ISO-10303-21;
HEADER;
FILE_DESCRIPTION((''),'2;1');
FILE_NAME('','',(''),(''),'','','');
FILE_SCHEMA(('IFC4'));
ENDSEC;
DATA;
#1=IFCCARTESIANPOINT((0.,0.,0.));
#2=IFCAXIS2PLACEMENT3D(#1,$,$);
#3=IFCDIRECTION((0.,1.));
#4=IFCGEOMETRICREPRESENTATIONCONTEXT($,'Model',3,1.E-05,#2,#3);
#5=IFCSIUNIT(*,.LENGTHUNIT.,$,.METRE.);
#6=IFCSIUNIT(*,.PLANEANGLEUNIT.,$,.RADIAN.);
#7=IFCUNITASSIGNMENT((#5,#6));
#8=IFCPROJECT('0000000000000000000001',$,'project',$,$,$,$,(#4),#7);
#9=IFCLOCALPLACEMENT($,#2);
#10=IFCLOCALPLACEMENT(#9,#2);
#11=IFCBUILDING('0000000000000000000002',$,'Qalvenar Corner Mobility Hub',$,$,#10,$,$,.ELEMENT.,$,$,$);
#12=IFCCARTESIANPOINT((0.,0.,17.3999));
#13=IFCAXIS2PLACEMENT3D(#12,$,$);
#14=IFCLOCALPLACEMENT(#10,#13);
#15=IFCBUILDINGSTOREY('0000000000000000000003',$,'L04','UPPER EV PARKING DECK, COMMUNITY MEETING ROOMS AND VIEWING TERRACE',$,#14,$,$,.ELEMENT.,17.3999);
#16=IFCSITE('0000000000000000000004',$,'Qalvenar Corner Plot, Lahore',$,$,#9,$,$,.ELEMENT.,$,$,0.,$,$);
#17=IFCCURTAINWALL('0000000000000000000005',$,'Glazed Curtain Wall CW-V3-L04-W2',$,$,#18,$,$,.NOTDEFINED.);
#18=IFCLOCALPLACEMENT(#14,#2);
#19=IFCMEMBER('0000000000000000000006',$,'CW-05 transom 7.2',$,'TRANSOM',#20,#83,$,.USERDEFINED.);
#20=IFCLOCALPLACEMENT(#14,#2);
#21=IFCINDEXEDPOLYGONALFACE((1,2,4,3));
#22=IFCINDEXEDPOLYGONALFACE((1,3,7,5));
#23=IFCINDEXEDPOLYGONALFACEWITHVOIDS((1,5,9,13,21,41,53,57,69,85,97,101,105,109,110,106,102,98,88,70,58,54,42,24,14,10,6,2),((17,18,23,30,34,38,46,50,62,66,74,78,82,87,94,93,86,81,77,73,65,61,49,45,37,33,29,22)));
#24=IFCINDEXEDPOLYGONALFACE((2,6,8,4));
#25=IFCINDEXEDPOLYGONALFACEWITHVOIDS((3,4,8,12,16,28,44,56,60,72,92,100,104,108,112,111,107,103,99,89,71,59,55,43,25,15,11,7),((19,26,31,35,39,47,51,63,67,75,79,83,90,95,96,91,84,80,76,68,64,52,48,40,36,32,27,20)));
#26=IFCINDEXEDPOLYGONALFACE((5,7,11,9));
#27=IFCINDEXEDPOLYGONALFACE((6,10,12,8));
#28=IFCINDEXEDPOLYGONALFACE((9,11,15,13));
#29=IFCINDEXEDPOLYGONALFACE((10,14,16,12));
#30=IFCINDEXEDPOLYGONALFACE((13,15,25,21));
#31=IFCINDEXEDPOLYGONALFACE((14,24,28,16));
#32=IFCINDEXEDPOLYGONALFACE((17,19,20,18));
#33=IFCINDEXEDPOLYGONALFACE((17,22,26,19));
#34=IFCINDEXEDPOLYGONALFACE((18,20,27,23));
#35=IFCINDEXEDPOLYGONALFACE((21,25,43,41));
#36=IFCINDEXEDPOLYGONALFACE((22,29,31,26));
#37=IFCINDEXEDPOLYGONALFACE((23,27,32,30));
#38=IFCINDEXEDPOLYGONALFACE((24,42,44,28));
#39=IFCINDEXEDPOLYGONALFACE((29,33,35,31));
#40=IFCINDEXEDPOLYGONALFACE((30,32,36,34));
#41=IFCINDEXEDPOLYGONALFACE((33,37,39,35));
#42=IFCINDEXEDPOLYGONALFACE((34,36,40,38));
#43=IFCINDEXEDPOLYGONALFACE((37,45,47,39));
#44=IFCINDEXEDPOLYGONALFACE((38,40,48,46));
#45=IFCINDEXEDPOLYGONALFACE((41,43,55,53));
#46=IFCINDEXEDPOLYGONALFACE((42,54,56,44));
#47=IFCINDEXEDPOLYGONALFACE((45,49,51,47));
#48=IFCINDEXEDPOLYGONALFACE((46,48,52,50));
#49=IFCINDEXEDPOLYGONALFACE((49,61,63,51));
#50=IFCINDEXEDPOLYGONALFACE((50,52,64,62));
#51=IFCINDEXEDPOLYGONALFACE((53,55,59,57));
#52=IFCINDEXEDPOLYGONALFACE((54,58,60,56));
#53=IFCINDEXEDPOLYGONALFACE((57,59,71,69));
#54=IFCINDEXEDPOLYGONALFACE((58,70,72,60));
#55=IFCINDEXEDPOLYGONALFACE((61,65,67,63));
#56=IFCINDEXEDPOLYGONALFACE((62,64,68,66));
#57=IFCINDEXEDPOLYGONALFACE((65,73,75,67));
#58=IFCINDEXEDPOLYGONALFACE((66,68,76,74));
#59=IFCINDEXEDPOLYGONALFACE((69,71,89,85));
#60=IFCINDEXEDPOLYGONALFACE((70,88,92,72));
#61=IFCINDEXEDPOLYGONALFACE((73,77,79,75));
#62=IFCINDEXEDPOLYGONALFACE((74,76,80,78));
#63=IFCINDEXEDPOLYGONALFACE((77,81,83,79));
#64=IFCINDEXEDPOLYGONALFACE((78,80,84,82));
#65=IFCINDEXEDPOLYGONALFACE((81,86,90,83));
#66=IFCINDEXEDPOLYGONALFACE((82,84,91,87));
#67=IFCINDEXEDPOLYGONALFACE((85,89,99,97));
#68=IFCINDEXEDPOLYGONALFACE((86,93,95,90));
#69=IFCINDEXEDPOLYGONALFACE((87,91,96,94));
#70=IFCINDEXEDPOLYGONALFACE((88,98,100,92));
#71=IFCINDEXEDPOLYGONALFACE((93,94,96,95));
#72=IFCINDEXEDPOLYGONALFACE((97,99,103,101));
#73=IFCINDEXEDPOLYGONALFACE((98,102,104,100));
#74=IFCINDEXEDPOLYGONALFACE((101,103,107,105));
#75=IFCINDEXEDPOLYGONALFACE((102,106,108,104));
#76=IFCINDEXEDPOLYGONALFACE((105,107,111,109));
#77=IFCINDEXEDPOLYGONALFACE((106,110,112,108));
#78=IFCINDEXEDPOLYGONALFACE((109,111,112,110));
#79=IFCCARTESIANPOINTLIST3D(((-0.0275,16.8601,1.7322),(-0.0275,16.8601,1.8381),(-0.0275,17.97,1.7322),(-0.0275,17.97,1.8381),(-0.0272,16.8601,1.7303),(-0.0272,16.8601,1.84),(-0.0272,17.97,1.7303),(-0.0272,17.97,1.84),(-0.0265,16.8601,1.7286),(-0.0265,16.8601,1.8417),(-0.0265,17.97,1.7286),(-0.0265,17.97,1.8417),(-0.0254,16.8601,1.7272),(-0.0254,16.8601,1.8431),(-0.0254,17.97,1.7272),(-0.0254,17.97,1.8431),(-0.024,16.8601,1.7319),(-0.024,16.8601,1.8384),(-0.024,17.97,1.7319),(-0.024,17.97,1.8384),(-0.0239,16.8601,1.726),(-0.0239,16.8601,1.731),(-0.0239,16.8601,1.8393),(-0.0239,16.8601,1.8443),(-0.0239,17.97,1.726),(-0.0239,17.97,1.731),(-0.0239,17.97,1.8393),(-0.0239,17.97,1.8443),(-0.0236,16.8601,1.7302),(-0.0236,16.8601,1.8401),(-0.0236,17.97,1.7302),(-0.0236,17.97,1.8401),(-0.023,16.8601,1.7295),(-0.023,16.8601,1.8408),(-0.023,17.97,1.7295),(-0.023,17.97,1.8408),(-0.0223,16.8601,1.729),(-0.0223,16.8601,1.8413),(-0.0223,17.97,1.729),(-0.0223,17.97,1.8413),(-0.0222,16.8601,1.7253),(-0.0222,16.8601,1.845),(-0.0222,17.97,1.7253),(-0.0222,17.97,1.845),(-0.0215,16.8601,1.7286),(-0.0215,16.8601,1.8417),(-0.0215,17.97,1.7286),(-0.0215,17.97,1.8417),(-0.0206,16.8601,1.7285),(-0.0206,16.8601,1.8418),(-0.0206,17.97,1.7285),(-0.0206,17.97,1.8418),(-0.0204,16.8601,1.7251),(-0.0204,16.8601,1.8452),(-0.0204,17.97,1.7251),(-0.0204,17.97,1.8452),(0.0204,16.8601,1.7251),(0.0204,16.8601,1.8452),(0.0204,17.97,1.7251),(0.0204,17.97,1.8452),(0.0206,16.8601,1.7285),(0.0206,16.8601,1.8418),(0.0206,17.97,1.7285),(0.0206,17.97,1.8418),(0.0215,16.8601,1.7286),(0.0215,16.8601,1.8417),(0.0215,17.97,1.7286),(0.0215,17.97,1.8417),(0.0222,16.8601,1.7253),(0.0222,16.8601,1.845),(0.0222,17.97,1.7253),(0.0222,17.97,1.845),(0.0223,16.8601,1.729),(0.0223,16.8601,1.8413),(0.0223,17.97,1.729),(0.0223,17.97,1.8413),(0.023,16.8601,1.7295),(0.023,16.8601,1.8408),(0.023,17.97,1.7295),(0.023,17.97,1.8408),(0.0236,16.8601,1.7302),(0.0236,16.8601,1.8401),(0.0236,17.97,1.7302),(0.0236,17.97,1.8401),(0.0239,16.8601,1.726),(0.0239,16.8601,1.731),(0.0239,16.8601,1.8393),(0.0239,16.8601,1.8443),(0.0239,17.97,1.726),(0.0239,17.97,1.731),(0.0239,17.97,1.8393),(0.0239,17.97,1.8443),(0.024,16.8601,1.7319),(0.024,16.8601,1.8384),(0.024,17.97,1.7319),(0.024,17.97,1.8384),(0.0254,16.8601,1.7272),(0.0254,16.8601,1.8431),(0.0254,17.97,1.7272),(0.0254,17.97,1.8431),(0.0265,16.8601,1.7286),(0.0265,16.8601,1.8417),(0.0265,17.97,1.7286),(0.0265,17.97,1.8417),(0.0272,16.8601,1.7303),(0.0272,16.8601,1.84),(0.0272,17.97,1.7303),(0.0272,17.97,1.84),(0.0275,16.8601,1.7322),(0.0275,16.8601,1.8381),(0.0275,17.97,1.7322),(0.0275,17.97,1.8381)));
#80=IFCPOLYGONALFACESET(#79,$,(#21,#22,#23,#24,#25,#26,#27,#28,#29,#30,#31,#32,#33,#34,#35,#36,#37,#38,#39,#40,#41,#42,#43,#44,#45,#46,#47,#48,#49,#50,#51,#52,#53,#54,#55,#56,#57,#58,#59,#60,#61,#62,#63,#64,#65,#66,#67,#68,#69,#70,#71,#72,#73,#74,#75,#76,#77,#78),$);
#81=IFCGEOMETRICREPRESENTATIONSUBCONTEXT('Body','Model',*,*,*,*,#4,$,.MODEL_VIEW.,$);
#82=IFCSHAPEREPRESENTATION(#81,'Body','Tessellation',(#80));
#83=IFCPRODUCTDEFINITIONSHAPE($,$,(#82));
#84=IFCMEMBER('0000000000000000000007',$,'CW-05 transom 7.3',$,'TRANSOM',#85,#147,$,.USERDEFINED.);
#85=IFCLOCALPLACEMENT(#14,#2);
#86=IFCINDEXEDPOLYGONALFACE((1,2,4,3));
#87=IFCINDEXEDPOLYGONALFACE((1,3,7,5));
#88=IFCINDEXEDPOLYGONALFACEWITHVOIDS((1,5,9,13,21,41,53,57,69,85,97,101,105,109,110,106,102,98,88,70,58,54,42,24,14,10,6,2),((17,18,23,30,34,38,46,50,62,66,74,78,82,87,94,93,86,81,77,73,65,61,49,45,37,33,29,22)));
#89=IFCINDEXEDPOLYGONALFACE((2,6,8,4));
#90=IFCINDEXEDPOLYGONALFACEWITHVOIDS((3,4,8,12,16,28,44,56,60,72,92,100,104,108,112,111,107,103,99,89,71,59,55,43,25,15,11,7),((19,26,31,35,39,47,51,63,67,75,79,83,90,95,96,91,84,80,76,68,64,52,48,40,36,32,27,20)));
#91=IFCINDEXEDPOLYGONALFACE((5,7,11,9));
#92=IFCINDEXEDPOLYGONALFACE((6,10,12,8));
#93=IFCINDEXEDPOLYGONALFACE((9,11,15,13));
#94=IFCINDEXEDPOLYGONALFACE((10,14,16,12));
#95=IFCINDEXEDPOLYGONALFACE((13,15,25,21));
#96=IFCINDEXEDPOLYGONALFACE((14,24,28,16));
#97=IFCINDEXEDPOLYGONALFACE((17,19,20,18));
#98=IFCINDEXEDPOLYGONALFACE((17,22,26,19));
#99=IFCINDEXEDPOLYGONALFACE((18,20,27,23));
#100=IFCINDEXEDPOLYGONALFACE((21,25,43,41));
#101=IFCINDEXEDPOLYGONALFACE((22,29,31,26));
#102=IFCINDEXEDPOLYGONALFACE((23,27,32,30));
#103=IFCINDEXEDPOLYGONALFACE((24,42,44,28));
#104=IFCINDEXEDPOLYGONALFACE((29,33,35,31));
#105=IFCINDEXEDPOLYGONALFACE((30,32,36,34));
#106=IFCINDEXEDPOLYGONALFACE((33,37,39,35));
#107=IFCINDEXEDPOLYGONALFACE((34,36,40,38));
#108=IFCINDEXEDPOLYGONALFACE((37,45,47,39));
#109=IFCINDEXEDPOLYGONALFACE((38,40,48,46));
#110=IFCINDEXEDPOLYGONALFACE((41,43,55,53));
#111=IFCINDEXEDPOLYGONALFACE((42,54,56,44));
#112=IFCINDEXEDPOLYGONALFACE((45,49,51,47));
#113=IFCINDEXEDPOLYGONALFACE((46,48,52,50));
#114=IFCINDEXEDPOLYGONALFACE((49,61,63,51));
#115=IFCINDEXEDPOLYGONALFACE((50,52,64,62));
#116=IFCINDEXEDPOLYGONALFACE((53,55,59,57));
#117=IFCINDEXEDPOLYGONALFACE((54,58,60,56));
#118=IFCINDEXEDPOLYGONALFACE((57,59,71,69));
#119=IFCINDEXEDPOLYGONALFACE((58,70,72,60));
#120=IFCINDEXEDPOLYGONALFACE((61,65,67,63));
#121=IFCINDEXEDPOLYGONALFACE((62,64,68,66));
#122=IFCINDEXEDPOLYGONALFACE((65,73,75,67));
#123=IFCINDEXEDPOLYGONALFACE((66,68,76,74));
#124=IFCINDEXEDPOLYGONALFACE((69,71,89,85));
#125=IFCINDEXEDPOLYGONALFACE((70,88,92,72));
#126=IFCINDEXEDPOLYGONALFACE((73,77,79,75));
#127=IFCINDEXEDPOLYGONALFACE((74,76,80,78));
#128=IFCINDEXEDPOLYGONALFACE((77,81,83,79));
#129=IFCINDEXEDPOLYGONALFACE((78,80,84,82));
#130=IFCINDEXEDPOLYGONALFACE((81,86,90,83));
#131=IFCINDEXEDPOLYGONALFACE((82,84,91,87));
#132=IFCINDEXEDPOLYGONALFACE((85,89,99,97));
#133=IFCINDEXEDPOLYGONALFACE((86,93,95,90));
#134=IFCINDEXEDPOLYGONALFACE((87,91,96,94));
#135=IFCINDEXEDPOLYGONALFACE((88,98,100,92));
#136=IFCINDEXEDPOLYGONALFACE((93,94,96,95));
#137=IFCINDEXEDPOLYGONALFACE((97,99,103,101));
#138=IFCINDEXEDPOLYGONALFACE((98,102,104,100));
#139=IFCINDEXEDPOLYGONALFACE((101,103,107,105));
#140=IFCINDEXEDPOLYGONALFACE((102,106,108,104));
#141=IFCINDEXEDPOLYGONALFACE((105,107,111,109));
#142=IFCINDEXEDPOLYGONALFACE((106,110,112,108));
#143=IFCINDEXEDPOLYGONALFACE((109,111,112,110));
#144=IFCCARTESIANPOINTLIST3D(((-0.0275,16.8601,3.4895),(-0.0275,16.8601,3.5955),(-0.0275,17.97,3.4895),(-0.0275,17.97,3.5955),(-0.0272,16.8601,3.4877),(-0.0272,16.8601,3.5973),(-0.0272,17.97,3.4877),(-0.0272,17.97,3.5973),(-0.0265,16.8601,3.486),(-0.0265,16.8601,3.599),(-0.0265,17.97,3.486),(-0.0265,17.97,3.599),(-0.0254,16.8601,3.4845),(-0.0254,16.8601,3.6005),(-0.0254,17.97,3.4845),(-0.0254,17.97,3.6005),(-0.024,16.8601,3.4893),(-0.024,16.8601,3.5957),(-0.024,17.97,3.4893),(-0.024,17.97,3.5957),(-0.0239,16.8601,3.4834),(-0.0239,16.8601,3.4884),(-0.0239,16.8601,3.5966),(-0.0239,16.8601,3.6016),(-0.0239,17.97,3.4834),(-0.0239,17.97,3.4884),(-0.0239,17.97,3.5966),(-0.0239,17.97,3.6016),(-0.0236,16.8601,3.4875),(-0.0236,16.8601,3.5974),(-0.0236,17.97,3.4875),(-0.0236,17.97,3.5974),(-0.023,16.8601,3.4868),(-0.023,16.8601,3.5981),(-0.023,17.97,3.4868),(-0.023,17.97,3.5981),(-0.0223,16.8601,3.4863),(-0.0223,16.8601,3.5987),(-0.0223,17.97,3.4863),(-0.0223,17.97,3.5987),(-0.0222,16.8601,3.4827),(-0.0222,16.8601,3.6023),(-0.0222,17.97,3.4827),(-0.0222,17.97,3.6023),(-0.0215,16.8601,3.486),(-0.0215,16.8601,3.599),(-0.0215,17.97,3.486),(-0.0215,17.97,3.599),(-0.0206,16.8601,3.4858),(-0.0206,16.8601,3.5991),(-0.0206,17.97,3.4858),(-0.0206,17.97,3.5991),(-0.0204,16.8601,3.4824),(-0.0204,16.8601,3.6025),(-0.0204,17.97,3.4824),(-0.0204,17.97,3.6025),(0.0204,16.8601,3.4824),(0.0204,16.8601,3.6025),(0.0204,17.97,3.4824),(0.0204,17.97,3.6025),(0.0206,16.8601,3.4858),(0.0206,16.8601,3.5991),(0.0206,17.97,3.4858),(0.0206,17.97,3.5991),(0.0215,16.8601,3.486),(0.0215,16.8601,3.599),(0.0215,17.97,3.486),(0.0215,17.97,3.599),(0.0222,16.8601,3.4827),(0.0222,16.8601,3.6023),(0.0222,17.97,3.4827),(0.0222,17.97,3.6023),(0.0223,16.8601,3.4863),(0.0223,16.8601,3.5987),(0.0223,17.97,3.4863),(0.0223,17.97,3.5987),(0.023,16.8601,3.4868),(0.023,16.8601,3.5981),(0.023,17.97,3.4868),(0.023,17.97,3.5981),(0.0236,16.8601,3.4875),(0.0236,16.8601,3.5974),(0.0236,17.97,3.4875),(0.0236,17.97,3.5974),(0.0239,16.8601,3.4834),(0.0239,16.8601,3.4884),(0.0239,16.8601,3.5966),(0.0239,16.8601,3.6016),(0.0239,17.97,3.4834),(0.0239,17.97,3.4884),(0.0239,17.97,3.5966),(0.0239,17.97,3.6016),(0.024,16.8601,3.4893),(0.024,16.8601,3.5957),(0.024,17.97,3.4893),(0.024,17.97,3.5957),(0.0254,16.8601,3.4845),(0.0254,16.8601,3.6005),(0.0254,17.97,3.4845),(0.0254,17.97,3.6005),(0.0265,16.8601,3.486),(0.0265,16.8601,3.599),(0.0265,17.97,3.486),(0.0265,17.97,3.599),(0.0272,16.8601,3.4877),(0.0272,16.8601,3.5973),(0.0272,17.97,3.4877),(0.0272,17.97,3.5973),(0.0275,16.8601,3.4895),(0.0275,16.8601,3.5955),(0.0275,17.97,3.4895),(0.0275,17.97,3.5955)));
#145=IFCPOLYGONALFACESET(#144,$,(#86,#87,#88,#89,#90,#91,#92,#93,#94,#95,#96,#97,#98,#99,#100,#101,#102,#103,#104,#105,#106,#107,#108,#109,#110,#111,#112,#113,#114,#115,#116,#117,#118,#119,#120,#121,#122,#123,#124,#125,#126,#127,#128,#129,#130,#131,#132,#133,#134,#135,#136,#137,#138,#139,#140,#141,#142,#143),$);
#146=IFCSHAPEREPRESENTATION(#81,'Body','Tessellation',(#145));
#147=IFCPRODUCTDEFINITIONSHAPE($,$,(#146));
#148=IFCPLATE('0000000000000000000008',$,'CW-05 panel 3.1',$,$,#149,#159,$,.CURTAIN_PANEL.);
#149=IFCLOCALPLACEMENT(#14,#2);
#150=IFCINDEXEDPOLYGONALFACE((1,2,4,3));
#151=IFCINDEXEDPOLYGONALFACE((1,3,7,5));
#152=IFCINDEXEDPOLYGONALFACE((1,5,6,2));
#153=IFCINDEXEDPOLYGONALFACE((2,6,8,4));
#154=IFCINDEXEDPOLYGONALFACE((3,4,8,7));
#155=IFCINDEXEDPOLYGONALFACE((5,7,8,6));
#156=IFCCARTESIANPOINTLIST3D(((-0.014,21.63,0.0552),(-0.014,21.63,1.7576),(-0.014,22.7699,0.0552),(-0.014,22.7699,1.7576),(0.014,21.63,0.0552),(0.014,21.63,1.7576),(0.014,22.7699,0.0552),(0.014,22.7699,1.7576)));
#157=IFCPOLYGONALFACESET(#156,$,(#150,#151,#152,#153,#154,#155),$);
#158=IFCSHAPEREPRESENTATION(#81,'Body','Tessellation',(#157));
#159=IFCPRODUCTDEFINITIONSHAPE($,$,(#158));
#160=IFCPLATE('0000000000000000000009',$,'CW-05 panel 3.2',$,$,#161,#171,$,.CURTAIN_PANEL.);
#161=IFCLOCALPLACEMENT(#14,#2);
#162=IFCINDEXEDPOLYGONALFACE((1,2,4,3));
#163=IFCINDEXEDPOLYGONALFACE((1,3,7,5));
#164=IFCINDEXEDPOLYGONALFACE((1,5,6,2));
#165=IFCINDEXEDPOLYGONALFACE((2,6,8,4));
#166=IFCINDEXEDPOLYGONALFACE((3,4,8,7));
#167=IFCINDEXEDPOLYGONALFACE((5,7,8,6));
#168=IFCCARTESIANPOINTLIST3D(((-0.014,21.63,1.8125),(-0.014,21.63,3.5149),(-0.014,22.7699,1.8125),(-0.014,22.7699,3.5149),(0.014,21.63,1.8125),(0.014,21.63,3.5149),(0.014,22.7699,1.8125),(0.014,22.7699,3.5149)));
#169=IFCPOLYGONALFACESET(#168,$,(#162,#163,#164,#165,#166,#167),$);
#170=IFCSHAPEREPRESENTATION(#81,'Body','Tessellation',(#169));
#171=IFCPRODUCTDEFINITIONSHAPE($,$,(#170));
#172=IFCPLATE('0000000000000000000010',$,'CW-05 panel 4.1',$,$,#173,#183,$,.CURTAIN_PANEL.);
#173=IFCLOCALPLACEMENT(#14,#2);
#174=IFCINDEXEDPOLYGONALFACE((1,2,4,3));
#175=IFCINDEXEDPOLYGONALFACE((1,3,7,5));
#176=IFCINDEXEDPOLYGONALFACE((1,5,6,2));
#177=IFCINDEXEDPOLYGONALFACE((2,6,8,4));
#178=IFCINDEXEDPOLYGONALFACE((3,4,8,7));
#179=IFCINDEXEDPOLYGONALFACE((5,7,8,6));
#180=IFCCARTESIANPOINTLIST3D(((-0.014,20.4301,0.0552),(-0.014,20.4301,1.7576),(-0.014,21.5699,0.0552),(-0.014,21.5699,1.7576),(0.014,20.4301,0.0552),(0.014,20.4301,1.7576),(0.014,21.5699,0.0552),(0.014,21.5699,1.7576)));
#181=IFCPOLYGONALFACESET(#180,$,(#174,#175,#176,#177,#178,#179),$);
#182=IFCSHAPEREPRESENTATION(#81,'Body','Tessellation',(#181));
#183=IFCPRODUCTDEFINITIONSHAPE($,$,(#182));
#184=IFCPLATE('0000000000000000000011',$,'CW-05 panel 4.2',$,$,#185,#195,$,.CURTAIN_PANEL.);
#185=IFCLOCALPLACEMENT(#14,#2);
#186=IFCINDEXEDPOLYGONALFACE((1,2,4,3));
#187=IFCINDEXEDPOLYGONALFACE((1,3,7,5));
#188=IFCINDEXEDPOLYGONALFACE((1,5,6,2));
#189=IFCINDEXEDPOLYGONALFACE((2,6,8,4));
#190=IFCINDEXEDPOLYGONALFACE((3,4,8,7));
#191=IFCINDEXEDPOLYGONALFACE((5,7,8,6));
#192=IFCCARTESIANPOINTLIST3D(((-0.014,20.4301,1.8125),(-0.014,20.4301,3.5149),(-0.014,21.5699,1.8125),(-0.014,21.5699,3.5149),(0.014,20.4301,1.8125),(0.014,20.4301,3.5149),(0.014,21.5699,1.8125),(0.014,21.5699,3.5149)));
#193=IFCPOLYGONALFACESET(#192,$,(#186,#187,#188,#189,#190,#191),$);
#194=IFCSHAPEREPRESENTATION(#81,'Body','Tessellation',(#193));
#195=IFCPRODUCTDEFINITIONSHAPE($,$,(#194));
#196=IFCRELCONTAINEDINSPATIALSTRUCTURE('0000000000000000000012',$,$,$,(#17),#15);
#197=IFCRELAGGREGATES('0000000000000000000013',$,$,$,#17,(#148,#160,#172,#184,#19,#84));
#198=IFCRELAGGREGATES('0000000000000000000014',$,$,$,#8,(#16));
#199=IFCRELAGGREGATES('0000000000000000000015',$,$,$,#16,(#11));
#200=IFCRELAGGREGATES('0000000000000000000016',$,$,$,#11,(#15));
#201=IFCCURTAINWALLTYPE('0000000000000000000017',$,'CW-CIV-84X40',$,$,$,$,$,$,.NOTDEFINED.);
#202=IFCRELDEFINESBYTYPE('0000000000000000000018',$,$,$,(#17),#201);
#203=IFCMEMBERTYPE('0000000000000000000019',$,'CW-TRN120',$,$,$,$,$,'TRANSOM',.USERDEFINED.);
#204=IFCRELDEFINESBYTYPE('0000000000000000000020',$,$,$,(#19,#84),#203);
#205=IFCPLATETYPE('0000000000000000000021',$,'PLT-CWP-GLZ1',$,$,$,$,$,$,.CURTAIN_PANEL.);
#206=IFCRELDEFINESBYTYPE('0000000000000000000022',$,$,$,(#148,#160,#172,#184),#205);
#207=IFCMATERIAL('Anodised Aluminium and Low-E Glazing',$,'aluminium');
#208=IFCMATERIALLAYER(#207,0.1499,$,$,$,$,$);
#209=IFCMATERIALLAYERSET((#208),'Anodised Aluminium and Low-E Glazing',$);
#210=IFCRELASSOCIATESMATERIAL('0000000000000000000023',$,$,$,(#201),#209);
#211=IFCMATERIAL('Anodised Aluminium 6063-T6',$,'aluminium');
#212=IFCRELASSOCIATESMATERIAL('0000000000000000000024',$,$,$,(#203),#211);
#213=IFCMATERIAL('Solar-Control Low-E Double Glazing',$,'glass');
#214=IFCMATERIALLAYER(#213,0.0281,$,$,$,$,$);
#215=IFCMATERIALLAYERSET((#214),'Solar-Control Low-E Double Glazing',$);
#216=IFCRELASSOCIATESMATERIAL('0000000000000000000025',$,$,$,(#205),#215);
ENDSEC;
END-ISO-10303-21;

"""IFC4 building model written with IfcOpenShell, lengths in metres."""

from ifc_helpers import new_model, si_unit, direction, frame, origin, origin_2d, place, context, subcontext, project, spatial, rectangle, hollow_rectangle, extrude, material, layer, layer_set, material_profile, profile_set, type_object, element, aggregate, save


model = new_model("IFC4")

# Units and contexts
model_context = context("Model", 3, precision=1e-05, world=origin(), true_north=direction((0.0, 1.0)))
body_context = subcontext(model_context, "Body", "Model", "MODEL_VIEW")
ifc_project = project(units=[si_unit("LENGTHUNIT", "METRE"), si_unit("PLANEANGLEUNIT", "RADIAN")], contexts=[model_context])

# Site, building, storey
site_placement = place(None, origin())
site = spatial("IfcSite", under=ifc_project, at=site_placement, Name="Qalvenar Corner Plot, Lahore", CompositionType="ELEMENT", RefElevation=0.0)
building_placement = place(site_placement, origin())
building = spatial("IfcBuilding", under=site, at=building_placement, Name="Qalvenar Corner Mobility Hub", CompositionType="ELEMENT")
storey_placement = place(building_placement, frame((0.0, 0.0, 17.3999)))
storey = spatial("IfcBuildingStorey", under=building, at=storey_placement, Name="L04", Description="UPPER EV PARKING DECK, COMMUNITY MEETING ROOMS AND VIEWING TERRACE", CompositionType="ELEMENT", Elevation=17.3999)

# Curtain wall, members, plates
ifc_material_1 = material(Name="Anodised Aluminium and Low-E Glazing", Category="aluminium")
ifc_layer_1 = layer(ifc_material_1, 0.1499)
ifc_layer_set_1 = layer_set([ifc_layer_1], Name="Anodised Aluminium and Low-E Glazing")
curtain_wall_type = type_object("IfcCurtainWallType", Name="CW-CIV-84X40", PredefinedType="NOTDEFINED", material=ifc_layer_set_1)
curtain_wall_placement = place(storey_placement, origin())
curtain_wall = element("IfcCurtainWall", 1, at=curtain_wall_placement, inside=storey, type_object=curtain_wall_type, Name="Glazed Curtain Wall CW-V3-L04-W2", PredefinedType="NOTDEFINED")
ifc_material_2 = material(Name="Anodised Aluminium 6063-T6", Category="aluminium")
ifc_material_profile_1 = material_profile(ifc_material_2, hollow_rectangle(XDim=0.0549, YDim=0.1201, WallThickness=0.0034, InnerFilletRadius=0.0034, OuterFilletRadius=0.0071, at=origin_2d()), Name="RHS120x55x3.5")
ifc_profile_set_1 = profile_set([ifc_material_profile_1], Name="Anodised Aluminium 6063-T6")
member_type_1 = type_object("IfcMemberType", Name="CW-TRN120", ElementType="TRANSOM", PredefinedType="USERDEFINED", material=ifc_profile_set_1)
member_1_placement = place(storey_placement, frame((0.0, 17.97, 1.7852), z_axis=(0.0, -1.0, 0.0), x_axis=(1.0, 0.0, 0.0)))
member_1 = element("IfcMember", 2, at=member_1_placement, type_object=member_type_1, Name="CW-05 transom 7.2", ObjectType="TRANSOM", PredefinedType="USERDEFINED", context=body_context, shape_type="SweptSolid", body=[
    extrude(hollow_rectangle(XDim=0.0549, YDim=0.1201, WallThickness=0.0034, InnerFilletRadius=0.0034, OuterFilletRadius=0.0071, at=origin_2d()), origin(), (0.0, 0.0, 1.0), 1.1099),
])
member_2_placement = place(storey_placement, frame((0.0, 17.97, 3.5425), z_axis=(0.0, -1.0, 0.0), x_axis=(1.0, 0.0, 0.0)))
member_2 = element("IfcMember", 3, at=member_2_placement, type_object=member_type_1, Name="CW-05 transom 7.3", ObjectType="TRANSOM", PredefinedType="USERDEFINED", context=body_context, shape_type="SweptSolid", body=[
    extrude(hollow_rectangle(XDim=0.0549, YDim=0.1201, WallThickness=0.0034, InnerFilletRadius=0.0034, OuterFilletRadius=0.0071, at=origin_2d()), origin(), (0.0, 0.0, 1.0), 1.1099),
])
ifc_material_3 = material(Name="Solar-Control Low-E Double Glazing", Category="glass")
ifc_layer_2 = layer(ifc_material_3, 0.0281)
ifc_layer_set_2 = layer_set([ifc_layer_2], Name="Solar-Control Low-E Double Glazing")
plate_type = type_object("IfcPlateType", Name="PLT-CWP-GLZ1", PredefinedType="CURTAIN_PANEL", material=ifc_layer_set_2)
plate_1_placement = place(storey_placement, frame((0.0, 22.2, 0.0552), z_axis=(0.0, 0.0, 1.0), x_axis=(0.0, -1.0, 0.0)))
plate_1 = element("IfcPlate", 4, at=plate_1_placement, type_object=plate_type, Name="CW-05 panel 3.1", PredefinedType="CURTAIN_PANEL", context=body_context, shape_type="SweptSolid", body=[
    extrude(rectangle(XDim=1.1399, YDim=0.0281, at=origin_2d()), origin(), (0.0, 0.0, 1.0), 1.7024),
])
plate_2_placement = place(storey_placement, frame((0.0, 22.2, 1.8125), z_axis=(0.0, 0.0, 1.0), x_axis=(0.0, -1.0, 0.0)))
plate_2 = element("IfcPlate", 5, at=plate_2_placement, type_object=plate_type, Name="CW-05 panel 3.2", PredefinedType="CURTAIN_PANEL", context=body_context, shape_type="SweptSolid", body=[
    extrude(rectangle(XDim=1.1399, YDim=0.0281, at=origin_2d()), origin(), (0.0, 0.0, 1.0), 1.7024),
])
plate_3_placement = place(storey_placement, frame((0.0, 21.0, 0.0552), z_axis=(0.0, 0.0, 1.0), x_axis=(0.0, -1.0, 0.0)))
plate_3 = element("IfcPlate", 6, at=plate_3_placement, type_object=plate_type, Name="CW-05 panel 4.1", PredefinedType="CURTAIN_PANEL", context=body_context, shape_type="SweptSolid", body=[
    extrude(rectangle(XDim=1.1399, YDim=0.0281, at=origin_2d()), origin(), (0.0, 0.0, 1.0), 1.7024),
])
plate_4_placement = place(storey_placement, frame((0.0, 21.0, 1.8125), z_axis=(0.0, 0.0, 1.0), x_axis=(0.0, -1.0, 0.0)))
plate_4 = element("IfcPlate", 7, at=plate_4_placement, type_object=plate_type, Name="CW-05 panel 4.2", PredefinedType="CURTAIN_PANEL", context=body_context, shape_type="SweptSolid", body=[
    extrude(rectangle(XDim=1.1399, YDim=0.0281, at=origin_2d()), origin(), (0.0, 0.0, 1.0), 1.7024),
])
aggregate(curtain_wall, [plate_1, plate_2, plate_3, plate_4, member_1, member_2])

save(model, "model.ifc")
